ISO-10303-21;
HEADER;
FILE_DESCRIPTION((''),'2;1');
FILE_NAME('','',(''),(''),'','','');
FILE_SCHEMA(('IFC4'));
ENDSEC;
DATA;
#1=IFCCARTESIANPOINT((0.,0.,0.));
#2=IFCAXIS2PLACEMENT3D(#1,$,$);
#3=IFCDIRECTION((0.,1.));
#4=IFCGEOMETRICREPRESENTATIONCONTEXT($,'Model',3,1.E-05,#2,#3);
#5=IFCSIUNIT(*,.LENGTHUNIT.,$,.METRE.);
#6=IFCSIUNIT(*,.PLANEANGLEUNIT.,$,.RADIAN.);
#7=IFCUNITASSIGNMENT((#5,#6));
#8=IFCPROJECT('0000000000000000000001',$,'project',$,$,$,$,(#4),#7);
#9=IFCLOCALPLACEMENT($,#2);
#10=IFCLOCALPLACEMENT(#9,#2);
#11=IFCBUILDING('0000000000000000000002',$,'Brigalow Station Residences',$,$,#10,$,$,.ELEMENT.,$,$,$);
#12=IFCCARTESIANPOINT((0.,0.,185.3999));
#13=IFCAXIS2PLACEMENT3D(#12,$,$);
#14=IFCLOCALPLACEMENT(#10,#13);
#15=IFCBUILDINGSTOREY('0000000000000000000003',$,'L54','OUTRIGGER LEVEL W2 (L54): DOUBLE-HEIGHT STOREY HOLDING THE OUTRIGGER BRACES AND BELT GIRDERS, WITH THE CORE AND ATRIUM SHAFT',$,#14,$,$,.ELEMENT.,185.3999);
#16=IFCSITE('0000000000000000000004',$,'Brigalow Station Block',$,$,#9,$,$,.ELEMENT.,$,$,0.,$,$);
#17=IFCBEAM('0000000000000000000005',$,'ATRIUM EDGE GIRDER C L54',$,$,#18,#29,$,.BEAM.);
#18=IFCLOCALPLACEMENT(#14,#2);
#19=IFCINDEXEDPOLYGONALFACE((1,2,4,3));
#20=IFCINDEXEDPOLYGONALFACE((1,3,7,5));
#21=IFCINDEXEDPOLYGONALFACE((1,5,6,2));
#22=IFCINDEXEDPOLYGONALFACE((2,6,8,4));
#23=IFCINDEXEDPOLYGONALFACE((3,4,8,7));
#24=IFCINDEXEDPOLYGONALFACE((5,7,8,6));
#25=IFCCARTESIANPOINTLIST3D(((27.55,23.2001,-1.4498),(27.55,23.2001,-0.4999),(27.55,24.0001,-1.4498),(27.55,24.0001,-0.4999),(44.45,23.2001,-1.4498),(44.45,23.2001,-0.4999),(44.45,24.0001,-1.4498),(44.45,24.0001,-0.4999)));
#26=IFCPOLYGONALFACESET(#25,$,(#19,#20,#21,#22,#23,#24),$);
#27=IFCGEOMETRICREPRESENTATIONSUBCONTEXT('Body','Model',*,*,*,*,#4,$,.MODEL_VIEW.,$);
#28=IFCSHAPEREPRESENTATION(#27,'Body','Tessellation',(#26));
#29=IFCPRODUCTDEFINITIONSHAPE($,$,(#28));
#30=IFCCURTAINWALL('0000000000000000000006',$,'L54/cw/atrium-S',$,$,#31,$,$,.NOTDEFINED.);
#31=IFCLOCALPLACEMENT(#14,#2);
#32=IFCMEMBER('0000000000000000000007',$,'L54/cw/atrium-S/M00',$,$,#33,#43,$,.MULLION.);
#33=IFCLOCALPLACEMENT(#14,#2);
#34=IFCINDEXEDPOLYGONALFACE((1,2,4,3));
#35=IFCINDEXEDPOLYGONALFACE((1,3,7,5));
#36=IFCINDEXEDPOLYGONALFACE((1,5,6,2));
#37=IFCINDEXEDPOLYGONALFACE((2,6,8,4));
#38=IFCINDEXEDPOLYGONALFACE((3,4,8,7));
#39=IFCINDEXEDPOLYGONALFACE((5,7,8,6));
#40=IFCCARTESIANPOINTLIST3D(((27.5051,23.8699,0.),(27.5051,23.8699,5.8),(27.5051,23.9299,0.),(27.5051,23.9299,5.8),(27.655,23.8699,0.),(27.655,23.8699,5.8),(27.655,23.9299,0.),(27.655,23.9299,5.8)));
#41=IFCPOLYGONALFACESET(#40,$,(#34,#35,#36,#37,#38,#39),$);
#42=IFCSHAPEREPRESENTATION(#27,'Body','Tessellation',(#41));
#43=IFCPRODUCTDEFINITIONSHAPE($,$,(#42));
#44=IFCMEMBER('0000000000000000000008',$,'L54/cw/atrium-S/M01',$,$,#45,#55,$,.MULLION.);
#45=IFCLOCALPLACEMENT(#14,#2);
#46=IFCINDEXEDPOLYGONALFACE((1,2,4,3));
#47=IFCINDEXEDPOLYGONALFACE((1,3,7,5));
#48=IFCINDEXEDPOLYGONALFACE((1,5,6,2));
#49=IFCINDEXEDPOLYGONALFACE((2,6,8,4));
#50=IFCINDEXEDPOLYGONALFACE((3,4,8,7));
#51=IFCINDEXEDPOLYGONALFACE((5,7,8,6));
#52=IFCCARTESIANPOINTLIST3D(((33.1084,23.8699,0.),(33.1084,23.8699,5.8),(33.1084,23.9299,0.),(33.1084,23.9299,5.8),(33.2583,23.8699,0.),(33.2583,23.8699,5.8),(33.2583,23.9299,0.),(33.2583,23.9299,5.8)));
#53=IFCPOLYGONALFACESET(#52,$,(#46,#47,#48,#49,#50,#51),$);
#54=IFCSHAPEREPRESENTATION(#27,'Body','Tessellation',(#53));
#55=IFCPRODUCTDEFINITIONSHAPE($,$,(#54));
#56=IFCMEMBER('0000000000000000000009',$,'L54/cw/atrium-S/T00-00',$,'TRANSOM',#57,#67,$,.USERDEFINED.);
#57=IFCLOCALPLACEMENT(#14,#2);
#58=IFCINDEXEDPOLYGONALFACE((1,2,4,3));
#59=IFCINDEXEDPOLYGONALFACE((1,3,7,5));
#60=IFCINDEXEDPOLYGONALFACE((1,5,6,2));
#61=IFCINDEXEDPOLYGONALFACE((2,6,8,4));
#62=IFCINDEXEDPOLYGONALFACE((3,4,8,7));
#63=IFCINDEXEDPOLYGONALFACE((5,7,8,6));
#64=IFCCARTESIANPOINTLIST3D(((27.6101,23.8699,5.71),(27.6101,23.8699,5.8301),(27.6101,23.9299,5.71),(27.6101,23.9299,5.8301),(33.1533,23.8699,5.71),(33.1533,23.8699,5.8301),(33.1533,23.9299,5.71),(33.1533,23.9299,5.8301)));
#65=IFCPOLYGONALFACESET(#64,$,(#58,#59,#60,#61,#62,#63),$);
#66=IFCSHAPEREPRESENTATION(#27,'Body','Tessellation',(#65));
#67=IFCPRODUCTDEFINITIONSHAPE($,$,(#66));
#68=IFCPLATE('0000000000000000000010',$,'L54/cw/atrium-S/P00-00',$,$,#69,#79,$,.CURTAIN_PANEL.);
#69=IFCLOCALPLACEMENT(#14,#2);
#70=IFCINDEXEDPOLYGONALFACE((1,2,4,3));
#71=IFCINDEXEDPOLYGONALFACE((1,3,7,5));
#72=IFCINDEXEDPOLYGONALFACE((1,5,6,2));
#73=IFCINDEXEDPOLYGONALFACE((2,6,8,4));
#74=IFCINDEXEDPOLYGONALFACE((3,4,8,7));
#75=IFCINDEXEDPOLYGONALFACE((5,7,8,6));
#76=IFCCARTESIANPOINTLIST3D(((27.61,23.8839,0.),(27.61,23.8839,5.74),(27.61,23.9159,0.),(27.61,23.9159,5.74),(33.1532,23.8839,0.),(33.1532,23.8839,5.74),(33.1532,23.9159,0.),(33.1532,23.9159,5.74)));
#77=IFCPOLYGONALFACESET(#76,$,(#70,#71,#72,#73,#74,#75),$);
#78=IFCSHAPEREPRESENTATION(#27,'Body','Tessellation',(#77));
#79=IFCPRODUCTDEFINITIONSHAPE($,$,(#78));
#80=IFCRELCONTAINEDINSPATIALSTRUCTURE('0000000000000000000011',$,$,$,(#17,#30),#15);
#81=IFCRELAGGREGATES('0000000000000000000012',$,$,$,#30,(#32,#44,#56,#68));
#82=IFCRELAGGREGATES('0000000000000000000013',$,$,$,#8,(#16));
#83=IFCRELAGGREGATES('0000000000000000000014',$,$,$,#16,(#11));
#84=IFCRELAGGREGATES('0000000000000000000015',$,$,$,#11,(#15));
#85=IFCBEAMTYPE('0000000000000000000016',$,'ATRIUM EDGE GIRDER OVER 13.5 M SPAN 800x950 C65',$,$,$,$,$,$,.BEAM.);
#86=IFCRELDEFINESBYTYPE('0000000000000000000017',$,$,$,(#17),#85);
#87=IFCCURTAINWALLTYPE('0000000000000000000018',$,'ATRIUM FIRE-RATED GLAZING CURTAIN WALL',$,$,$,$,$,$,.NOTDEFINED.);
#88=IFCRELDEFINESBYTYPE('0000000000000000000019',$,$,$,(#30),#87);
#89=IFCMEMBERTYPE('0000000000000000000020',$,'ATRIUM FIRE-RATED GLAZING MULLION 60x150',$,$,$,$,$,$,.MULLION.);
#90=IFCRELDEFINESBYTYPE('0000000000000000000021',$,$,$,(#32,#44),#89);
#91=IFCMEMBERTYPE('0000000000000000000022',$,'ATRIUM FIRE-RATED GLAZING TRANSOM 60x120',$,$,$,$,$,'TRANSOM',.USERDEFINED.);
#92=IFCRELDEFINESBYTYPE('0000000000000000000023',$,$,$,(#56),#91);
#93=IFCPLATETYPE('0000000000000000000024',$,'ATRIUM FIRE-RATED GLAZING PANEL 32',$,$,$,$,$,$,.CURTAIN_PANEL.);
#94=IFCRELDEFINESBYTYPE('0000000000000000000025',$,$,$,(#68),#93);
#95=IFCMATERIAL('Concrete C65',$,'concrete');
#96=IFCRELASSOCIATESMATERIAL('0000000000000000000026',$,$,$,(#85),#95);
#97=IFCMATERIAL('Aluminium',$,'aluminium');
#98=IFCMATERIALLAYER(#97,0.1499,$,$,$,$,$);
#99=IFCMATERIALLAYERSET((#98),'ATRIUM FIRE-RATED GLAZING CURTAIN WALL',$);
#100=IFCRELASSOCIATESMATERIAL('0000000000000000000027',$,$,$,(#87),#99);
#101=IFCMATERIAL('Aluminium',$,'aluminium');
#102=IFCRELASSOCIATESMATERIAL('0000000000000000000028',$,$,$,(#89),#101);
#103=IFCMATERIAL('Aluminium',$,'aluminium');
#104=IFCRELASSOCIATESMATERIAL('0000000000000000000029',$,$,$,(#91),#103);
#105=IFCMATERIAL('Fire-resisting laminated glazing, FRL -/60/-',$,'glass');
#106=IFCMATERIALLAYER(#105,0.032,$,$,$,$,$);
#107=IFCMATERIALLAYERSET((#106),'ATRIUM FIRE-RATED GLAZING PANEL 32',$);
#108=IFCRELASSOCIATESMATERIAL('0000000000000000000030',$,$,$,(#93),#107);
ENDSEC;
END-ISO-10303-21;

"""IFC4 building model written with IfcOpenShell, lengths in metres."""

from ifc_helpers import new_model, si_unit, direction, frame, origin, origin_2d, place, context, subcontext, project, spatial, rectangle, extrude, material, layer, layer_set, material_profile, profile_set, type_object, element, aggregate, save


model = new_model("IFC4")

# Units and contexts
model_context = context("Model", 3, precision=1e-05, world=origin(), true_north=direction((0.0, 1.0)))
body_context = subcontext(model_context, "Body", "Model", "MODEL_VIEW")
ifc_project = project(units=[si_unit("LENGTHUNIT", "METRE"), si_unit("PLANEANGLEUNIT", "RADIAN")], contexts=[model_context])

# Site, building, storey
site_placement = place(None, origin())
site = spatial("IfcSite", under=ifc_project, at=site_placement, Name="Brigalow Station Block", CompositionType="ELEMENT", RefElevation=0.0)
building_placement = place(site_placement, origin())
building = spatial("IfcBuilding", under=site, at=building_placement, Name="Brigalow Station Residences", CompositionType="ELEMENT")
storey_placement = place(building_placement, frame((0.0, 0.0, 185.3999)))
storey = spatial("IfcBuildingStorey", under=building, at=storey_placement, Name="L54", Description="OUTRIGGER LEVEL W2 (L54): DOUBLE-HEIGHT STOREY HOLDING THE OUTRIGGER BRACES AND BELT GIRDERS, WITH THE CORE AND ATRIUM SHAFT", CompositionType="ELEMENT", Elevation=185.3999)

# Beam
ifc_material_1 = material(Name="Concrete C65", Category="concrete")
ifc_material_profile_1 = material_profile(ifc_material_1, rectangle(XDim=0.8, YDim=0.95, at=origin_2d()), Name="RC800x950")
ifc_profile_set_1 = profile_set([ifc_material_profile_1], Name="Concrete C65")
beam_type = type_object("IfcBeamType", Name="ATRIUM EDGE GIRDER OVER 13.5 M SPAN 800x950 C65", PredefinedType="BEAM", material=ifc_profile_set_1)
beam_placement = place(storey_placement, frame((27.55, 23.6001, -0.9749), z_axis=(1.0, 0.0, 0.0), x_axis=(0.0, 1.0, 0.0)))
element("IfcBeam", 1, at=beam_placement, inside=storey, type_object=beam_type, Name="ATRIUM EDGE GIRDER C L54", PredefinedType="BEAM", context=body_context, shape_type="SweptSolid", body=[
    extrude(rectangle(XDim=0.8, YDim=0.95, at=origin_2d()), origin(), (0.0, 0.0, 1.0), 16.8999),
])

# Curtain wall, members, plate
ifc_material_2 = material(Name="Aluminium", Category="aluminium")
ifc_layer_1 = layer(ifc_material_2, 0.1499)
ifc_layer_set_1 = layer_set([ifc_layer_1], Name="ATRIUM FIRE-RATED GLAZING CURTAIN WALL")
curtain_wall_type = type_object("IfcCurtainWallType", Name="ATRIUM FIRE-RATED GLAZING CURTAIN WALL", PredefinedType="NOTDEFINED", material=ifc_layer_set_1)
curtain_wall_placement = place(storey_placement, origin())
curtain_wall = element("IfcCurtainWall", 2, at=curtain_wall_placement, inside=storey, type_object=curtain_wall_type, Name="L54/cw/atrium-S", PredefinedType="NOTDEFINED")
ifc_material_3 = material(Name="Aluminium", Category="aluminium")
ifc_material_profile_2 = material_profile(ifc_material_3, rectangle(XDim=0.0601, YDim=0.1499, at=origin_2d()), Name="ATRIUM FIRE-RATED GLAZING MULLION 60x150")
ifc_profile_set_2 = profile_set([ifc_material_profile_2], Name="Aluminium")
member_type_1 = type_object("IfcMemberType", Name="ATRIUM FIRE-RATED GLAZING MULLION 60x150", PredefinedType="MULLION", material=ifc_profile_set_2)
member_1_placement = place(storey_placement, frame((27.5801, 23.8999, 0.0), z_axis=(0.0, 0.0, 1.0), x_axis=(0.0, 1.0, 0.0)))
member_1 = element("IfcMember", 3, at=member_1_placement, type_object=member_type_1, Name="L54/cw/atrium-S/M00", PredefinedType="MULLION", context=body_context, shape_type="SweptSolid", body=[
    extrude(rectangle(XDim=0.0601, YDim=0.1499, at=origin_2d()), origin(), (0.0, 0.0, 1.0), 5.8),
])
member_2_placement = place(storey_placement, frame((33.1833, 23.8999, 0.0), z_axis=(0.0, 0.0, 1.0), x_axis=(0.0, 1.0, 0.0)))
member_2 = element("IfcMember", 4, at=member_2_placement, type_object=member_type_1, Name="L54/cw/atrium-S/M01", PredefinedType="MULLION", context=body_context, shape_type="SweptSolid", body=[
    extrude(rectangle(XDim=0.0601, YDim=0.1499, at=origin_2d()), origin(), (0.0, 0.0, 1.0), 5.8),
])
ifc_material_4 = material(Name="Aluminium", Category="aluminium")
ifc_material_profile_3 = material_profile(ifc_material_4, rectangle(XDim=0.0601, YDim=0.1201, at=origin_2d()), Name="ATRIUM FIRE-RATED GLAZING TRANSOM 60x120")
ifc_profile_set_3 = profile_set([ifc_material_profile_3], Name="Aluminium")
member_type_2 = type_object("IfcMemberType", Name="ATRIUM FIRE-RATED GLAZING TRANSOM 60x120", ElementType="TRANSOM", PredefinedType="USERDEFINED", material=ifc_profile_set_3)
member_3_placement = place(storey_placement, frame((27.6101, 23.8999, 5.77), z_axis=(1.0, 0.0, 0.0), x_axis=(0.0, 1.0, 0.0)))
member_3 = element("IfcMember", 5, at=member_3_placement, type_object=member_type_2, Name="L54/cw/atrium-S/T00-00", ObjectType="TRANSOM", PredefinedType="USERDEFINED", context=body_context, shape_type="SweptSolid", body=[
    extrude(rectangle(XDim=0.0601, YDim=0.1201, at=origin_2d()), origin(), (0.0, 0.0, 1.0), 5.5432),
])
ifc_material_5 = material(Name="Fire-resisting laminated glazing, FRL -/60/-", Category="glass")
ifc_layer_2 = layer(ifc_material_5, 0.032)
ifc_layer_set_2 = layer_set([ifc_layer_2], Name="ATRIUM FIRE-RATED GLAZING PANEL 32")
plate_type = type_object("IfcPlateType", Name="ATRIUM FIRE-RATED GLAZING PANEL 32", PredefinedType="CURTAIN_PANEL", material=ifc_layer_set_2)
plate_placement = place(storey_placement, frame((30.3816, 23.8999, 0.0), z_axis=(0.0, 0.0, 1.0), x_axis=(1.0, 0.0, 0.0)))
plate = element("IfcPlate", 6, at=plate_placement, type_object=plate_type, Name="L54/cw/atrium-S/P00-00", PredefinedType="CURTAIN_PANEL", context=body_context, shape_type="SweptSolid", body=[
    extrude(rectangle(XDim=5.5432, YDim=0.032, at=origin_2d()), origin(), (0.0, 0.0, 1.0), 5.74),
])
aggregate(curtain_wall, [member_1, member_2, member_3, plate])

save(model, "model.ifc")
